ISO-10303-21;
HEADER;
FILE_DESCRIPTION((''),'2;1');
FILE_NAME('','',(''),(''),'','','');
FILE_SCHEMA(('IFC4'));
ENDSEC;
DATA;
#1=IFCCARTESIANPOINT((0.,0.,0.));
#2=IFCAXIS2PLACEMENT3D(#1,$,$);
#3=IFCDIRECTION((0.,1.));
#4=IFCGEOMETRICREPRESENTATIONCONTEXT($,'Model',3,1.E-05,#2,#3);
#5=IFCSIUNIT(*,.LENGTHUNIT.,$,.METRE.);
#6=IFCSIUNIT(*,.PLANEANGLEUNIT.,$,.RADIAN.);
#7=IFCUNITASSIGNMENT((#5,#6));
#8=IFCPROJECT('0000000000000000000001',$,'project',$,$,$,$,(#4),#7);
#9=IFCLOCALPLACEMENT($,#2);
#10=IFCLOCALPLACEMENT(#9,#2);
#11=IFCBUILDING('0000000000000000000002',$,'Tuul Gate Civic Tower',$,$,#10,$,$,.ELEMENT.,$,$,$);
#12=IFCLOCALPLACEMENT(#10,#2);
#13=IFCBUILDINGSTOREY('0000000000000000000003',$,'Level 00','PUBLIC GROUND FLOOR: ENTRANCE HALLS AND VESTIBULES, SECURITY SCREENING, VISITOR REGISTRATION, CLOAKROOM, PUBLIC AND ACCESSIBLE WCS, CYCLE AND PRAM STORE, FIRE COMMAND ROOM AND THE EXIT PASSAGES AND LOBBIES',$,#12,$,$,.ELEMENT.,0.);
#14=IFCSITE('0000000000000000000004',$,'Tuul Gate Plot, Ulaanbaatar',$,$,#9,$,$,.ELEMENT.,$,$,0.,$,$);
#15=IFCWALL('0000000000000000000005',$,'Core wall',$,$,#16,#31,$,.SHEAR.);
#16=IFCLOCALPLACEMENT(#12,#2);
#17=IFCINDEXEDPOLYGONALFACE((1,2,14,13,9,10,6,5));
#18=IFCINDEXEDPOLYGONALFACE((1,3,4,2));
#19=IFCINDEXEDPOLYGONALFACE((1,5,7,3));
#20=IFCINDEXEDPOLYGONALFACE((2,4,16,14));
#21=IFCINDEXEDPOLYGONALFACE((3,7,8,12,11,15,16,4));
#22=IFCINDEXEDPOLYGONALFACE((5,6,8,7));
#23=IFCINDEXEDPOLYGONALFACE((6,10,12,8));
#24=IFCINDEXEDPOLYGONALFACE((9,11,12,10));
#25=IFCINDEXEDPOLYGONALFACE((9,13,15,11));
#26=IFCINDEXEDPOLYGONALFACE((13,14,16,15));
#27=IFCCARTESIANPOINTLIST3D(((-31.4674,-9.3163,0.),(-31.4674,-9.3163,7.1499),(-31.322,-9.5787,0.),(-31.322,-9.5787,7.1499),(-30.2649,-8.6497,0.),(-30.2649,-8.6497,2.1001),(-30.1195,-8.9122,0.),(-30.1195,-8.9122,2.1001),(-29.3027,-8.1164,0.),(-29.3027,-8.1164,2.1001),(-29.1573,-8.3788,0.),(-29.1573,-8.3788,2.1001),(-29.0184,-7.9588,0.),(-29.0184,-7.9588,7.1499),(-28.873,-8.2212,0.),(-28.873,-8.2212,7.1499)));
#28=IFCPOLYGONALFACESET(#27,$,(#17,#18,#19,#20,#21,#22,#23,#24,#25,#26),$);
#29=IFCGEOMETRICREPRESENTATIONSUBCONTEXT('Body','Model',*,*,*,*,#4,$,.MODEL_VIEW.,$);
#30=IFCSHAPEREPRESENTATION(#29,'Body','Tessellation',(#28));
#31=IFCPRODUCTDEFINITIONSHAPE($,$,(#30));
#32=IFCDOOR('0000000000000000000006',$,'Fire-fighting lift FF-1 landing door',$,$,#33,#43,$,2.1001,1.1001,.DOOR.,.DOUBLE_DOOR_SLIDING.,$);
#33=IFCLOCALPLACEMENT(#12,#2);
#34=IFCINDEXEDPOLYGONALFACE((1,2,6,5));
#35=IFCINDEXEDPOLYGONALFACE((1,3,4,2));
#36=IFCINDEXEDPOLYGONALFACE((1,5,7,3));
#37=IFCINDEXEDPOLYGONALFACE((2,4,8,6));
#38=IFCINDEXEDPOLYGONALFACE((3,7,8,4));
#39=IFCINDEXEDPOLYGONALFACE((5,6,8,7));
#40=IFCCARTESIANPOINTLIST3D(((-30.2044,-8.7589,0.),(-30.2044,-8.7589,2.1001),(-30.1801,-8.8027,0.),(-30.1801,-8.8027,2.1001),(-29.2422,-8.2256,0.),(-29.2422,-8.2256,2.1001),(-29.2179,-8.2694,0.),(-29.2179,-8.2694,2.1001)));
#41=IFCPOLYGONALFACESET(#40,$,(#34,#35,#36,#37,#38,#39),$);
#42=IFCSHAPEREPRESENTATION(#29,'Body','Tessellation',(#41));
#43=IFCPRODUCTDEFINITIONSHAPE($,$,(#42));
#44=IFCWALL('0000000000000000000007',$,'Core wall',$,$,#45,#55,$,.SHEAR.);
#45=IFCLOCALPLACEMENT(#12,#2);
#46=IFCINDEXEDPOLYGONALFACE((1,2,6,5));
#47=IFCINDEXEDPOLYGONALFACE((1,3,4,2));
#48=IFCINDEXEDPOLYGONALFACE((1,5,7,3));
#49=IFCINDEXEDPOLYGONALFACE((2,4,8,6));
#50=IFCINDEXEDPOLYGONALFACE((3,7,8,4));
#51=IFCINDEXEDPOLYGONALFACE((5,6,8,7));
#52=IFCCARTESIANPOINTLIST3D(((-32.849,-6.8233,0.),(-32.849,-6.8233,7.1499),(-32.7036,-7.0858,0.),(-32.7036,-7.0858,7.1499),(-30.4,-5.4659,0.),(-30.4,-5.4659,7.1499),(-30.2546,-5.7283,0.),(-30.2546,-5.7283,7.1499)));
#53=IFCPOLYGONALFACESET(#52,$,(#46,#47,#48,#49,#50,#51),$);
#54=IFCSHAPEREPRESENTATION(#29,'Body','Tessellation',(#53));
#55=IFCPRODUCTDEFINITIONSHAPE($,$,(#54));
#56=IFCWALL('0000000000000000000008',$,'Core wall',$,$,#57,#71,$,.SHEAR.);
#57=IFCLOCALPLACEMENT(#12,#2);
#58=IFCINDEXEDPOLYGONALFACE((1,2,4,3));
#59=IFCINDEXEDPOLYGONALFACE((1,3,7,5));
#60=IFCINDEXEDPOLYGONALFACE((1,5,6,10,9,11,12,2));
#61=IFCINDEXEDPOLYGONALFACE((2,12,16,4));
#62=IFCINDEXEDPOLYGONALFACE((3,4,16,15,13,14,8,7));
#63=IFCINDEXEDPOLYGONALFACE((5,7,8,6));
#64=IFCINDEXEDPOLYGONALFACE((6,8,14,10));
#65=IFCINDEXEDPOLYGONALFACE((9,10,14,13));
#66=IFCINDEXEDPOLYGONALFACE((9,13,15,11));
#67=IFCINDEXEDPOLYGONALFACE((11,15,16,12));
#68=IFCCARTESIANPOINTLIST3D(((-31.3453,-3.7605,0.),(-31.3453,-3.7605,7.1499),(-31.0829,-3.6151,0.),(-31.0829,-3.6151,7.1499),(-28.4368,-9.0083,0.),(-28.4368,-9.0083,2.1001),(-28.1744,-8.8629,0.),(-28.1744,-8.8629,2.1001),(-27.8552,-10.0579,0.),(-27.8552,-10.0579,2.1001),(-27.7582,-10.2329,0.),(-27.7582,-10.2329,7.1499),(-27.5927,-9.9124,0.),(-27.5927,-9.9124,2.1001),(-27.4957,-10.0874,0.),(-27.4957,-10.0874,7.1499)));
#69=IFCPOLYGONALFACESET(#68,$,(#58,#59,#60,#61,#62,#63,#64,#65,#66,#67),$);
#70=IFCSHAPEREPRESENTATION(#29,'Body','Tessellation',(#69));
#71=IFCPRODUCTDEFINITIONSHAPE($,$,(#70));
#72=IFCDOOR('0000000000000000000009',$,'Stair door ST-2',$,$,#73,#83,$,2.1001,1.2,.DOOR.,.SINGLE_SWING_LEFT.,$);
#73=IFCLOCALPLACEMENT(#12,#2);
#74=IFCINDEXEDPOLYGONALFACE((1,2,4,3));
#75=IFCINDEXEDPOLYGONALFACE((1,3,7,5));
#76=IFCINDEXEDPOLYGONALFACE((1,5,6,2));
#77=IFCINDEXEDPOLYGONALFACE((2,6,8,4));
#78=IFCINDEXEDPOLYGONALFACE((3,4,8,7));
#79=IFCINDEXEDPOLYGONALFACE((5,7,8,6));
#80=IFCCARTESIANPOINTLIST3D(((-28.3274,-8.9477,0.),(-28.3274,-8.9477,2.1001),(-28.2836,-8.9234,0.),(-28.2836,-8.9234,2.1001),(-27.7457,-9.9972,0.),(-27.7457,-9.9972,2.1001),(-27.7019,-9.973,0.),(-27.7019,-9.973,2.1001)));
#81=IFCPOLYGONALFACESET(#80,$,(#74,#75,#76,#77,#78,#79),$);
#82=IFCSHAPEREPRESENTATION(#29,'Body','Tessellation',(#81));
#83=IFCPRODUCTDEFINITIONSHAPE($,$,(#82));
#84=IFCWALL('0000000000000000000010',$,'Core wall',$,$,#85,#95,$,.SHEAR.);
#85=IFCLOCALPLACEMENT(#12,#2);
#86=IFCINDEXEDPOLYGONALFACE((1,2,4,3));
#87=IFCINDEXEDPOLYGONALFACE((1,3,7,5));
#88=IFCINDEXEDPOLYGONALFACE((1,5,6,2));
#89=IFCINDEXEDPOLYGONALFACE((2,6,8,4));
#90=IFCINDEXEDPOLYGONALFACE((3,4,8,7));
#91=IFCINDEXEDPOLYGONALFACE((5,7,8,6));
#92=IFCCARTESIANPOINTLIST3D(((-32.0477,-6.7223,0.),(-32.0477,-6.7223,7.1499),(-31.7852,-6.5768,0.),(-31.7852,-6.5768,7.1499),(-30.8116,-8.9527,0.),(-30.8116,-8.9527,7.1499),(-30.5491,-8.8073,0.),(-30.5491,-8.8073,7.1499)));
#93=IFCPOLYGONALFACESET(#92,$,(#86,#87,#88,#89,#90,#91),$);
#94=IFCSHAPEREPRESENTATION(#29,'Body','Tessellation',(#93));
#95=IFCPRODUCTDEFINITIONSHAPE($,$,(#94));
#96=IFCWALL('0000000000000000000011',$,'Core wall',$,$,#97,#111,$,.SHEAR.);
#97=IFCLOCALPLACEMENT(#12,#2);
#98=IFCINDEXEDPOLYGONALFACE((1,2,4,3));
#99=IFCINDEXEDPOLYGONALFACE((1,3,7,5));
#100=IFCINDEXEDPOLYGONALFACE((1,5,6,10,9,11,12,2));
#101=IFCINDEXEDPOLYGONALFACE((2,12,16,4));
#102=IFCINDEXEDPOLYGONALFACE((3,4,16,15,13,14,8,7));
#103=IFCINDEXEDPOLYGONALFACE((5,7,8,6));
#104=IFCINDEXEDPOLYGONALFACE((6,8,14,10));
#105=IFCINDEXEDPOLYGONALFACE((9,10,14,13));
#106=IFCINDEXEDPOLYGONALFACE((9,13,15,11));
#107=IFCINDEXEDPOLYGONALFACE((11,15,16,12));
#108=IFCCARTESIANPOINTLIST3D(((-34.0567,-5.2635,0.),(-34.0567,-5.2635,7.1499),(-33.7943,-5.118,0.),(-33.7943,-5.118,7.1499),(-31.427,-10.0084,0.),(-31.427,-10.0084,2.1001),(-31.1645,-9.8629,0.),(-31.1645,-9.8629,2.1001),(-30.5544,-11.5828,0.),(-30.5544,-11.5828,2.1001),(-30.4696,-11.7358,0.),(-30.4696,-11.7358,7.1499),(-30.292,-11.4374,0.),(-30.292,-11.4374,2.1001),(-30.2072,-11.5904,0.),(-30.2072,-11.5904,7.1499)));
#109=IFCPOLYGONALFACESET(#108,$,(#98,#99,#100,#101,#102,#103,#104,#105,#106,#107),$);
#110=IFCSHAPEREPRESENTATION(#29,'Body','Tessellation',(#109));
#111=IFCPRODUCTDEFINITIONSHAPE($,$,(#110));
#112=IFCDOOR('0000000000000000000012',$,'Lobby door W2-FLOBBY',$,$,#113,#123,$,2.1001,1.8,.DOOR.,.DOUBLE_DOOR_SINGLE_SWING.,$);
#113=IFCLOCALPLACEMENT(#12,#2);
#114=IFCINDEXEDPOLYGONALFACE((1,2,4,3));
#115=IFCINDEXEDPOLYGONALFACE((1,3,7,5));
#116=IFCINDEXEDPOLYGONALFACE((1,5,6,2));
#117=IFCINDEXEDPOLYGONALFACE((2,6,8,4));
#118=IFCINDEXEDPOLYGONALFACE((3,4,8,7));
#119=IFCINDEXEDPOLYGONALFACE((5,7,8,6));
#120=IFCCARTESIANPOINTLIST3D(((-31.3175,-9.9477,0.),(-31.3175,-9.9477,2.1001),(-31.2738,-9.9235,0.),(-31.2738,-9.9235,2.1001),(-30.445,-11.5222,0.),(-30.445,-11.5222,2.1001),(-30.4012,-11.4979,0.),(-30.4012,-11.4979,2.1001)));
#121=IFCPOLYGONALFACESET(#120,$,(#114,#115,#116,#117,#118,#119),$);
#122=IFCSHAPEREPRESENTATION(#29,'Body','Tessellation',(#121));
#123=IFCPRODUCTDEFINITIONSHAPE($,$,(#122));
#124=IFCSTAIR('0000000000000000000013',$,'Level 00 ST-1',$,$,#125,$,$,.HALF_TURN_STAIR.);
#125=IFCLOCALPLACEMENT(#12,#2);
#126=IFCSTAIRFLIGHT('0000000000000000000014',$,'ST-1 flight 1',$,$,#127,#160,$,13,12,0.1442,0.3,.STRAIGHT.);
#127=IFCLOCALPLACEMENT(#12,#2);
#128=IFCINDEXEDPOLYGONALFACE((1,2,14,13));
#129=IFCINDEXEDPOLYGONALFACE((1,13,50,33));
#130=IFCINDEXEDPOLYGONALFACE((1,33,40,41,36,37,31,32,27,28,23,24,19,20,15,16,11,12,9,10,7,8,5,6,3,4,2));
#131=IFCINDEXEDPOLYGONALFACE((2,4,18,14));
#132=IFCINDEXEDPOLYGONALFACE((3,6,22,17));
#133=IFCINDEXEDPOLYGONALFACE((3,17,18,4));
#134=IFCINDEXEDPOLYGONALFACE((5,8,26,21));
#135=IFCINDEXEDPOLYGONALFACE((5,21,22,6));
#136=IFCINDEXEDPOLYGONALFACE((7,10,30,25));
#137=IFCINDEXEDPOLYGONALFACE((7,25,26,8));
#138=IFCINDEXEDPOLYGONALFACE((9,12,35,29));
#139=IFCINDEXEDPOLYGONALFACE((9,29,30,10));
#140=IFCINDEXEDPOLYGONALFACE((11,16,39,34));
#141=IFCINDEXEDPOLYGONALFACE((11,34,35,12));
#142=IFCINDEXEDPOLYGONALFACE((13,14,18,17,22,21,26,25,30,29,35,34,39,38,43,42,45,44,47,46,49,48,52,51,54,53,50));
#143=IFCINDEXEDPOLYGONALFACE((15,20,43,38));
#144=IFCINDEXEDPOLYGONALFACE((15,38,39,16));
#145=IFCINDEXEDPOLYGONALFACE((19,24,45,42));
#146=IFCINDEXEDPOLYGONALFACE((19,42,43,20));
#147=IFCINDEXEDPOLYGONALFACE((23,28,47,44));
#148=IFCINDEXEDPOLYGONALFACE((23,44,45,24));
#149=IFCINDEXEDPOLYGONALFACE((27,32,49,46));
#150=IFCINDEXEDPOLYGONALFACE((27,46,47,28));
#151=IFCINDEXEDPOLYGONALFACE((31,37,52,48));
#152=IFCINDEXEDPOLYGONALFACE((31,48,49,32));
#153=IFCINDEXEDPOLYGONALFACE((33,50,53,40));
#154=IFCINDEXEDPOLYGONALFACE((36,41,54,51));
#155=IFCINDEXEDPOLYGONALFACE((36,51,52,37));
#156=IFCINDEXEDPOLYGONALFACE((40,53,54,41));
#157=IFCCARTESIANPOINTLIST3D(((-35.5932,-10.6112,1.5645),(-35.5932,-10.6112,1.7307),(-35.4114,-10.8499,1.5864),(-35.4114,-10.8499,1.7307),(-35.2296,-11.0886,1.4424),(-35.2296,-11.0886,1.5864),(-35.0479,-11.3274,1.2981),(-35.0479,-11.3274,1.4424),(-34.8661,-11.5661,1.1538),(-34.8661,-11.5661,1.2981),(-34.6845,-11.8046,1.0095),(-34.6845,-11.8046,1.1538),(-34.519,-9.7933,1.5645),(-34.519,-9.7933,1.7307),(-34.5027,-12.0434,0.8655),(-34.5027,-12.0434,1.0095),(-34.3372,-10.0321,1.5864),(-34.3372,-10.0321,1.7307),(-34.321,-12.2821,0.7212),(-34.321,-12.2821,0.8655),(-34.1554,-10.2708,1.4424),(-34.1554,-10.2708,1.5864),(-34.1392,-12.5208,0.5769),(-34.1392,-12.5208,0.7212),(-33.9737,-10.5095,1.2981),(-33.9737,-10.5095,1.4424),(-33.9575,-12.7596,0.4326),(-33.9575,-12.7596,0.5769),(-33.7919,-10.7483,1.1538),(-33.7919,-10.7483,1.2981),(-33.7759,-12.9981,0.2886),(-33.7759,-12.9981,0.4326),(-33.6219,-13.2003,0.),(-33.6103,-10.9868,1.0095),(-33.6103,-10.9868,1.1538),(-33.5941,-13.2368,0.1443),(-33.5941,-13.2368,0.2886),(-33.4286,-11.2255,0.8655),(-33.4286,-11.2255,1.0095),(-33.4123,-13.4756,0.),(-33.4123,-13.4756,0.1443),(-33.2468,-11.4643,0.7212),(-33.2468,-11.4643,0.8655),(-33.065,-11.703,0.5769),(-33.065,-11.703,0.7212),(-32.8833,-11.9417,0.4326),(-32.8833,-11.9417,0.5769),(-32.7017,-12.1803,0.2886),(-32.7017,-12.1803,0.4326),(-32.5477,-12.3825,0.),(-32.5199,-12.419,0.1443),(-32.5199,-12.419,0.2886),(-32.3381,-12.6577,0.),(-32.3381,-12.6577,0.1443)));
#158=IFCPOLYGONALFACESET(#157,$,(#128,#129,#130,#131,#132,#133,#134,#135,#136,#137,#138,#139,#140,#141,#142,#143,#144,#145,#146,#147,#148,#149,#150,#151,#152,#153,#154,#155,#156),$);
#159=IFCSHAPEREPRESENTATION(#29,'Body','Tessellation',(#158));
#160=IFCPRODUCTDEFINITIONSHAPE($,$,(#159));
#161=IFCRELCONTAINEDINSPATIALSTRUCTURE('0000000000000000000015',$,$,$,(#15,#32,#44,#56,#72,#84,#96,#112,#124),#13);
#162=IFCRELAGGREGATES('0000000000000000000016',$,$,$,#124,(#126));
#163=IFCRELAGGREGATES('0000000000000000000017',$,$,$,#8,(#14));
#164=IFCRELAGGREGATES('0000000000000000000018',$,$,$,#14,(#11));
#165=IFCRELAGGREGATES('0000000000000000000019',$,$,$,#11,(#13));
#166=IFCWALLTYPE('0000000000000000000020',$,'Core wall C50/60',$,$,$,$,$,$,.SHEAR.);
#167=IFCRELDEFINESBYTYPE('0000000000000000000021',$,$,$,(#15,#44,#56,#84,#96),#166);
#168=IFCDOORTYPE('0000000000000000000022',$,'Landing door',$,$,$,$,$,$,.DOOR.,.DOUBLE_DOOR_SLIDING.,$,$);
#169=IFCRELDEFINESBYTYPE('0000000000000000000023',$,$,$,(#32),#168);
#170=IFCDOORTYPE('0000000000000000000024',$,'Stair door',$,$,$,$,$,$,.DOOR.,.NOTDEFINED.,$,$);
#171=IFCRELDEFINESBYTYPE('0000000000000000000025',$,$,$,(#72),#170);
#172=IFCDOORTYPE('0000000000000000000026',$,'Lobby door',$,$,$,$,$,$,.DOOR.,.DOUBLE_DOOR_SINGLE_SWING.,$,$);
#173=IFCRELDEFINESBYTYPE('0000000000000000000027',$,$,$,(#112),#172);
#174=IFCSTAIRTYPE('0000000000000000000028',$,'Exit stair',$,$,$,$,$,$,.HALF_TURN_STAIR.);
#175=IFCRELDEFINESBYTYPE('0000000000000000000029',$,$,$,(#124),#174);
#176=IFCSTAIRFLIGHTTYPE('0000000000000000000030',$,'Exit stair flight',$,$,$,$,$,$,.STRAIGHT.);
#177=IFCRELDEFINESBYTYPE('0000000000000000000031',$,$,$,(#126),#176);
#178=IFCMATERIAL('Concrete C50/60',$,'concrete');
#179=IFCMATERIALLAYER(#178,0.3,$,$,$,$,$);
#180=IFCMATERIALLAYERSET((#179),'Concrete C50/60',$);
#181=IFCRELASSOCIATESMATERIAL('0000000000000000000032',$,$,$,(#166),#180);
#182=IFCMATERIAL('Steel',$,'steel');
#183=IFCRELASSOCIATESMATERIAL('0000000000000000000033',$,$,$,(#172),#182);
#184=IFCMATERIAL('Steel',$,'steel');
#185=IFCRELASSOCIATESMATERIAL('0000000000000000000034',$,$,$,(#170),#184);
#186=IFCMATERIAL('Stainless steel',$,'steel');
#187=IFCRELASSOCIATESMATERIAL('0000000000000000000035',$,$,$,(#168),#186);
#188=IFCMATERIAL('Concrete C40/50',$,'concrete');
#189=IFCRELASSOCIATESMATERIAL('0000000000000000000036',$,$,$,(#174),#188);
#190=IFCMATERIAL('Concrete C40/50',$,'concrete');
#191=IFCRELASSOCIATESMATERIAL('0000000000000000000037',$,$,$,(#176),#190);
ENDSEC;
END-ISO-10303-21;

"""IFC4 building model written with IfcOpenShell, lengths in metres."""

from ifc_helpers import new_model, si_unit, direction, frame, frame_2d, origin, place, context, subcontext, project, spatial, polyline, rectangle, outline, extrude, material, layer, layer_set, type_object, element, fill, aggregate, save


model = new_model("IFC4")

# Units and contexts
model_context = context("Model", 3, precision=1e-05, world=origin(), true_north=direction((0.0, 1.0)))
body_context = subcontext(model_context, "Body", "Model", "MODEL_VIEW")
ifc_project = project(units=[si_unit("LENGTHUNIT", "METRE"), si_unit("PLANEANGLEUNIT", "RADIAN")], contexts=[model_context])

# Site, building, storey
site_placement = place(None, origin())
site = spatial("IfcSite", under=ifc_project, at=site_placement, Name="Tuul Gate Plot, Ulaanbaatar", CompositionType="ELEMENT", RefElevation=0.0)
building_placement = place(site_placement, origin())
building = spatial("IfcBuilding", under=site, at=building_placement, Name="Tuul Gate Civic Tower", CompositionType="ELEMENT")
storey_placement = place(building_placement, origin())
storey = spatial("IfcBuildingStorey", under=building, at=storey_placement, Name="Level 00", Description="PUBLIC GROUND FLOOR: ENTRANCE HALLS AND VESTIBULES, SECURITY SCREENING, VISITOR REGISTRATION, CLOAKROOM, PUBLIC AND ACCESSIBLE WCS, CYCLE AND PRAM STORE, FIRE COMMAND ROOM AND THE EXIT PASSAGES AND LOBBIES", CompositionType="ELEMENT", Elevation=0.0)

# Shared definitions
ifc_material_1 = material(Name="Concrete C50/60", Category="concrete")
ifc_layer = layer(ifc_material_1, 0.3)
ifc_layer_set = layer_set([ifc_layer], Name="Concrete C50/60")
wall_type = type_object("IfcWallType", Name="Core wall C50/60", PredefinedType="SHEAR", material=ifc_layer_set)
ifc_material_2 = material(Name="Steel", Category="steel")
door_type_1 = type_object("IfcDoorType", Name="Lobby door", OperationType="DOUBLE_DOOR_SINGLE_SWING", PredefinedType="DOOR", material=ifc_material_2)

# Wall, opening, door
ifc_material_3 = material(Name="Steel", Category="steel")
door_type_2 = type_object("IfcDoorType", Name="Stair door", OperationType="NOTDEFINED", PredefinedType="DOOR", material=ifc_material_3)
wall_1_placement = place(storey_placement, frame((-28.9458, -8.0901, 0.0), z_axis=(0.0, 0.0, 1.0), x_axis=(-0.87463, -0.484791, 0.0)))
wall_1 = element("IfcWall", 1, at=wall_1_placement, inside=storey, type_object=wall_type, Name="Core wall", PredefinedType="SHEAR", context=body_context, shape_type="SweptSolid", body=[
    extrude(rectangle(XDim=2.8, YDim=0.3, at=frame_2d((1.3999, 0.0))), origin(), (0.0, 0.0, 1.0), 7.1499),
])
opening_1_placement = place(wall_1_placement, frame((0.325, 0.0, 0.0)))
opening_1 = element("IfcOpeningElement", 2, at=opening_1_placement, cuts=wall_1, PredefinedType="OPENING", context=body_context, shape_type="SweptSolid", body=[
    extrude(rectangle(XDim=1.1001, YDim=2.1001, at=frame_2d((0.55, 1.05))), frame((0.0, 0.1602, 0.0), z_axis=(0.0, -1.0, 0.0), x_axis=(1.0, 0.0, 0.0)), (0.0, 0.0, 1.0), 0.3201),
])
ifc_material_4 = material(Name="Stainless steel", Category="steel")
door_type_3 = type_object("IfcDoorType", Name="Landing door", OperationType="DOUBLE_DOOR_SLIDING", PredefinedType="DOOR", material=ifc_material_4)
door_1_placement = place(opening_1_placement, origin())
door_1 = element("IfcDoor", 3, at=door_1_placement, inside=storey, type_object=door_type_3, Name="Fire-fighting lift FF-1 landing door", OperationType="DOUBLE_DOOR_SLIDING", OverallHeight=2.1001, OverallWidth=1.1001, PredefinedType="DOOR", context=body_context, shape_type="SweptSolid", body=[
    extrude(rectangle(XDim=1.1001, YDim=2.1001, at=frame_2d((0.55, 1.05))), frame((0.0, 0.0249, 0.0), z_axis=(0.0, -1.0, 0.0), x_axis=(1.0, 0.0, 0.0)), (0.0, 0.0, 1.0), 0.05),
])
fill(opening_1, door_1)

# Wall
wall_2_placement = place(storey_placement, frame((-30.3274, -5.5972, 0.0), z_axis=(0.0, 0.0, 1.0), x_axis=(-0.87463, -0.484791, 0.0)))
element("IfcWall", 4, at=wall_2_placement, inside=storey, type_object=wall_type, Name="Core wall", PredefinedType="SHEAR", context=body_context, shape_type="SweptSolid", body=[
    extrude(rectangle(XDim=2.8, YDim=0.3, at=frame_2d((1.3999, 0.0))), origin(), (0.0, 0.0, 1.0), 7.1499),
])

# Wall, opening, door
wall_3_placement = place(storey_placement, frame((-27.627, -10.1602, 0.0), z_axis=(0.0, 0.0, 1.0), x_axis=(-0.484752, 0.874652, 0.0)))
wall_3 = element("IfcWall", 5, at=wall_3_placement, inside=storey, type_object=wall_type, Name="Core wall", PredefinedType="SHEAR", context=body_context, shape_type="SweptSolid", body=[
    extrude(rectangle(XDim=7.3999, YDim=0.3, at=frame_2d((3.7, 0.0))), origin(), (0.0, 0.0, 1.0), 7.1499),
])
opening_2_placement = place(wall_3_placement, frame((0.2, 0.0, 0.0)))
opening_2 = element("IfcOpeningElement", 6, at=opening_2_placement, cuts=wall_3, PredefinedType="OPENING", context=body_context, shape_type="SweptSolid", body=[
    extrude(rectangle(XDim=1.2, YDim=2.1001, at=frame_2d((0.6001, 1.05))), frame((0.0, 0.1602, 0.0), z_axis=(0.0, -1.0, 0.0), x_axis=(1.0, 0.0, 0.0)), (0.0, 0.0, 1.0), 0.3201),
])
door_2_placement = place(opening_2_placement, origin())
door_2 = element("IfcDoor", 7, at=door_2_placement, inside=storey, type_object=door_type_2, Name="Stair door ST-2", OperationType="SINGLE_SWING_LEFT", OverallHeight=2.1001, OverallWidth=1.2, PredefinedType="DOOR", context=body_context, shape_type="SweptSolid", body=[
    extrude(rectangle(XDim=1.2, YDim=2.1001, at=frame_2d((0.6001, 1.05))), frame((0.0, 0.0249, 0.0), z_axis=(0.0, -1.0, 0.0), x_axis=(1.0, 0.0, 0.0)), (0.0, 0.0, 1.0), 0.05),
])
fill(opening_2, door_2)

# Wall
wall_4_placement = place(storey_placement, frame((-30.6804, -8.8799, 0.0), z_axis=(0.0, 0.0, 1.0), x_axis=(-0.484724, 0.874667, 0.0)))
element("IfcWall", 8, at=wall_4_placement, inside=storey, type_object=wall_type, Name="Core wall", PredefinedType="SHEAR", context=body_context, shape_type="SweptSolid", body=[
    extrude(rectangle(XDim=2.55, YDim=0.3, at=frame_2d((1.2749, 0.0))), origin(), (0.0, 0.0, 1.0), 7.1499),
])

# Wall, opening, door
wall_5_placement = place(storey_placement, frame((-30.3384, -11.6631, 0.0), z_axis=(0.0, 0.0, 1.0), x_axis=(-0.484752, 0.874652, 0.0)))
wall_5 = element("IfcWall", 9, at=wall_5_placement, inside=storey, type_object=wall_type, Name="Core wall", PredefinedType="SHEAR", context=body_context, shape_type="SweptSolid", body=[
    extrude(rectangle(XDim=7.3999, YDim=0.3, at=frame_2d((3.7, 0.0))), origin(), (0.0, 0.0, 1.0), 7.1499),
])
opening_3_placement = place(wall_5_placement, frame((0.175, 0.0, 0.0)))
opening_3 = element("IfcOpeningElement", 10, at=opening_3_placement, cuts=wall_5, PredefinedType="OPENING", context=body_context, shape_type="SweptSolid", body=[
    extrude(rectangle(XDim=1.8, YDim=2.1001, at=frame_2d((0.8999, 1.05))), frame((0.0, 0.1602, 0.0), z_axis=(0.0, -1.0, 0.0), x_axis=(1.0, 0.0, 0.0)), (0.0, 0.0, 1.0), 0.3201),
])
door_3_placement = place(opening_3_placement, origin())
door_3 = element("IfcDoor", 11, at=door_3_placement, inside=storey, type_object=door_type_1, Name="Lobby door W2-FLOBBY", OperationType="DOUBLE_DOOR_SINGLE_SWING", OverallHeight=2.1001, OverallWidth=1.8, PredefinedType="DOOR", context=body_context, shape_type="SweptSolid", body=[
    extrude(rectangle(XDim=1.8, YDim=2.1001, at=frame_2d((0.8999, 1.05))), frame((0.0, 0.0249, 0.0), z_axis=(0.0, -1.0, 0.0), x_axis=(1.0, 0.0, 0.0)), (0.0, 0.0, 1.0), 0.05),
])
fill(opening_3, door_3)

# Stair, stair flight
ifc_material_5 = material(Name="Concrete C40/50", Category="concrete")
stair_type = type_object("IfcStairType", Name="Exit stair", PredefinedType="HALF_TURN_STAIR", material=ifc_material_5)
stair_1_placement = place(storey_placement, origin())
stair_1 = element("IfcStair", 12, at=stair_1_placement, inside=storey, type_object=stair_type, Name="Level 00 ST-1", PredefinedType="HALF_TURN_STAIR")
ifc_material_6 = material(Name="Concrete C40/50", Category="concrete")
stair_flight_type = type_object("IfcStairFlightType", Name="Exit stair flight", PredefinedType="STRAIGHT", material=ifc_material_6)
stair_flight_1_placement = place(storey_placement, frame((-32.8752, -13.0667, 0.0), z_axis=(0.0, 0.0, 1.0), x_axis=(-0.605764, 0.795644, 0.0)))
stair_flight_1 = element("IfcStairFlight", 13, at=stair_flight_1_placement, type_object=stair_flight_type, Name="ST-1 flight 1", NumberOfRisers=13, NumberOfTreads=12, PredefinedType="STRAIGHT", RiserHeight=0.1442, TreadLength=0.3, context=body_context, shape_type="SweptSolid", body=[
    extrude(outline(polyline([(0.0, 0.0), (0.0, 0.1443), (0.3, 0.1443), (0.3, 0.2886), (0.6001, 0.2886), (0.6001, 0.4326), (0.8999, 0.4326), (0.8999, 0.5769), (1.2, 0.5769), (1.2, 0.7212), (1.5, 0.7212), (1.5, 0.8655), (1.8, 0.8655), (1.8, 1.0095), (2.1001, 1.0095), (2.1001, 1.1538), (2.3999, 1.1538), (2.3999, 1.2981), (2.7, 1.2981), (2.7, 1.4424), (3.0, 1.4424), (3.0, 1.5864), (3.3, 1.5864), (3.3, 1.7307), (3.6001, 1.7307), (3.6001, 1.875), (3.6001, 1.5645), (0.3459, 0.0), (0.0, 0.0)])), frame((0.0, 0.675, 0.0), z_axis=(0.0, -1.0, 0.0), x_axis=(1.0, 0.0, 0.0)), (0.0, 0.0, 1.0), 1.3501),
])
aggregate(stair_1, [stair_flight_1])

save(model, "model.ifc")
